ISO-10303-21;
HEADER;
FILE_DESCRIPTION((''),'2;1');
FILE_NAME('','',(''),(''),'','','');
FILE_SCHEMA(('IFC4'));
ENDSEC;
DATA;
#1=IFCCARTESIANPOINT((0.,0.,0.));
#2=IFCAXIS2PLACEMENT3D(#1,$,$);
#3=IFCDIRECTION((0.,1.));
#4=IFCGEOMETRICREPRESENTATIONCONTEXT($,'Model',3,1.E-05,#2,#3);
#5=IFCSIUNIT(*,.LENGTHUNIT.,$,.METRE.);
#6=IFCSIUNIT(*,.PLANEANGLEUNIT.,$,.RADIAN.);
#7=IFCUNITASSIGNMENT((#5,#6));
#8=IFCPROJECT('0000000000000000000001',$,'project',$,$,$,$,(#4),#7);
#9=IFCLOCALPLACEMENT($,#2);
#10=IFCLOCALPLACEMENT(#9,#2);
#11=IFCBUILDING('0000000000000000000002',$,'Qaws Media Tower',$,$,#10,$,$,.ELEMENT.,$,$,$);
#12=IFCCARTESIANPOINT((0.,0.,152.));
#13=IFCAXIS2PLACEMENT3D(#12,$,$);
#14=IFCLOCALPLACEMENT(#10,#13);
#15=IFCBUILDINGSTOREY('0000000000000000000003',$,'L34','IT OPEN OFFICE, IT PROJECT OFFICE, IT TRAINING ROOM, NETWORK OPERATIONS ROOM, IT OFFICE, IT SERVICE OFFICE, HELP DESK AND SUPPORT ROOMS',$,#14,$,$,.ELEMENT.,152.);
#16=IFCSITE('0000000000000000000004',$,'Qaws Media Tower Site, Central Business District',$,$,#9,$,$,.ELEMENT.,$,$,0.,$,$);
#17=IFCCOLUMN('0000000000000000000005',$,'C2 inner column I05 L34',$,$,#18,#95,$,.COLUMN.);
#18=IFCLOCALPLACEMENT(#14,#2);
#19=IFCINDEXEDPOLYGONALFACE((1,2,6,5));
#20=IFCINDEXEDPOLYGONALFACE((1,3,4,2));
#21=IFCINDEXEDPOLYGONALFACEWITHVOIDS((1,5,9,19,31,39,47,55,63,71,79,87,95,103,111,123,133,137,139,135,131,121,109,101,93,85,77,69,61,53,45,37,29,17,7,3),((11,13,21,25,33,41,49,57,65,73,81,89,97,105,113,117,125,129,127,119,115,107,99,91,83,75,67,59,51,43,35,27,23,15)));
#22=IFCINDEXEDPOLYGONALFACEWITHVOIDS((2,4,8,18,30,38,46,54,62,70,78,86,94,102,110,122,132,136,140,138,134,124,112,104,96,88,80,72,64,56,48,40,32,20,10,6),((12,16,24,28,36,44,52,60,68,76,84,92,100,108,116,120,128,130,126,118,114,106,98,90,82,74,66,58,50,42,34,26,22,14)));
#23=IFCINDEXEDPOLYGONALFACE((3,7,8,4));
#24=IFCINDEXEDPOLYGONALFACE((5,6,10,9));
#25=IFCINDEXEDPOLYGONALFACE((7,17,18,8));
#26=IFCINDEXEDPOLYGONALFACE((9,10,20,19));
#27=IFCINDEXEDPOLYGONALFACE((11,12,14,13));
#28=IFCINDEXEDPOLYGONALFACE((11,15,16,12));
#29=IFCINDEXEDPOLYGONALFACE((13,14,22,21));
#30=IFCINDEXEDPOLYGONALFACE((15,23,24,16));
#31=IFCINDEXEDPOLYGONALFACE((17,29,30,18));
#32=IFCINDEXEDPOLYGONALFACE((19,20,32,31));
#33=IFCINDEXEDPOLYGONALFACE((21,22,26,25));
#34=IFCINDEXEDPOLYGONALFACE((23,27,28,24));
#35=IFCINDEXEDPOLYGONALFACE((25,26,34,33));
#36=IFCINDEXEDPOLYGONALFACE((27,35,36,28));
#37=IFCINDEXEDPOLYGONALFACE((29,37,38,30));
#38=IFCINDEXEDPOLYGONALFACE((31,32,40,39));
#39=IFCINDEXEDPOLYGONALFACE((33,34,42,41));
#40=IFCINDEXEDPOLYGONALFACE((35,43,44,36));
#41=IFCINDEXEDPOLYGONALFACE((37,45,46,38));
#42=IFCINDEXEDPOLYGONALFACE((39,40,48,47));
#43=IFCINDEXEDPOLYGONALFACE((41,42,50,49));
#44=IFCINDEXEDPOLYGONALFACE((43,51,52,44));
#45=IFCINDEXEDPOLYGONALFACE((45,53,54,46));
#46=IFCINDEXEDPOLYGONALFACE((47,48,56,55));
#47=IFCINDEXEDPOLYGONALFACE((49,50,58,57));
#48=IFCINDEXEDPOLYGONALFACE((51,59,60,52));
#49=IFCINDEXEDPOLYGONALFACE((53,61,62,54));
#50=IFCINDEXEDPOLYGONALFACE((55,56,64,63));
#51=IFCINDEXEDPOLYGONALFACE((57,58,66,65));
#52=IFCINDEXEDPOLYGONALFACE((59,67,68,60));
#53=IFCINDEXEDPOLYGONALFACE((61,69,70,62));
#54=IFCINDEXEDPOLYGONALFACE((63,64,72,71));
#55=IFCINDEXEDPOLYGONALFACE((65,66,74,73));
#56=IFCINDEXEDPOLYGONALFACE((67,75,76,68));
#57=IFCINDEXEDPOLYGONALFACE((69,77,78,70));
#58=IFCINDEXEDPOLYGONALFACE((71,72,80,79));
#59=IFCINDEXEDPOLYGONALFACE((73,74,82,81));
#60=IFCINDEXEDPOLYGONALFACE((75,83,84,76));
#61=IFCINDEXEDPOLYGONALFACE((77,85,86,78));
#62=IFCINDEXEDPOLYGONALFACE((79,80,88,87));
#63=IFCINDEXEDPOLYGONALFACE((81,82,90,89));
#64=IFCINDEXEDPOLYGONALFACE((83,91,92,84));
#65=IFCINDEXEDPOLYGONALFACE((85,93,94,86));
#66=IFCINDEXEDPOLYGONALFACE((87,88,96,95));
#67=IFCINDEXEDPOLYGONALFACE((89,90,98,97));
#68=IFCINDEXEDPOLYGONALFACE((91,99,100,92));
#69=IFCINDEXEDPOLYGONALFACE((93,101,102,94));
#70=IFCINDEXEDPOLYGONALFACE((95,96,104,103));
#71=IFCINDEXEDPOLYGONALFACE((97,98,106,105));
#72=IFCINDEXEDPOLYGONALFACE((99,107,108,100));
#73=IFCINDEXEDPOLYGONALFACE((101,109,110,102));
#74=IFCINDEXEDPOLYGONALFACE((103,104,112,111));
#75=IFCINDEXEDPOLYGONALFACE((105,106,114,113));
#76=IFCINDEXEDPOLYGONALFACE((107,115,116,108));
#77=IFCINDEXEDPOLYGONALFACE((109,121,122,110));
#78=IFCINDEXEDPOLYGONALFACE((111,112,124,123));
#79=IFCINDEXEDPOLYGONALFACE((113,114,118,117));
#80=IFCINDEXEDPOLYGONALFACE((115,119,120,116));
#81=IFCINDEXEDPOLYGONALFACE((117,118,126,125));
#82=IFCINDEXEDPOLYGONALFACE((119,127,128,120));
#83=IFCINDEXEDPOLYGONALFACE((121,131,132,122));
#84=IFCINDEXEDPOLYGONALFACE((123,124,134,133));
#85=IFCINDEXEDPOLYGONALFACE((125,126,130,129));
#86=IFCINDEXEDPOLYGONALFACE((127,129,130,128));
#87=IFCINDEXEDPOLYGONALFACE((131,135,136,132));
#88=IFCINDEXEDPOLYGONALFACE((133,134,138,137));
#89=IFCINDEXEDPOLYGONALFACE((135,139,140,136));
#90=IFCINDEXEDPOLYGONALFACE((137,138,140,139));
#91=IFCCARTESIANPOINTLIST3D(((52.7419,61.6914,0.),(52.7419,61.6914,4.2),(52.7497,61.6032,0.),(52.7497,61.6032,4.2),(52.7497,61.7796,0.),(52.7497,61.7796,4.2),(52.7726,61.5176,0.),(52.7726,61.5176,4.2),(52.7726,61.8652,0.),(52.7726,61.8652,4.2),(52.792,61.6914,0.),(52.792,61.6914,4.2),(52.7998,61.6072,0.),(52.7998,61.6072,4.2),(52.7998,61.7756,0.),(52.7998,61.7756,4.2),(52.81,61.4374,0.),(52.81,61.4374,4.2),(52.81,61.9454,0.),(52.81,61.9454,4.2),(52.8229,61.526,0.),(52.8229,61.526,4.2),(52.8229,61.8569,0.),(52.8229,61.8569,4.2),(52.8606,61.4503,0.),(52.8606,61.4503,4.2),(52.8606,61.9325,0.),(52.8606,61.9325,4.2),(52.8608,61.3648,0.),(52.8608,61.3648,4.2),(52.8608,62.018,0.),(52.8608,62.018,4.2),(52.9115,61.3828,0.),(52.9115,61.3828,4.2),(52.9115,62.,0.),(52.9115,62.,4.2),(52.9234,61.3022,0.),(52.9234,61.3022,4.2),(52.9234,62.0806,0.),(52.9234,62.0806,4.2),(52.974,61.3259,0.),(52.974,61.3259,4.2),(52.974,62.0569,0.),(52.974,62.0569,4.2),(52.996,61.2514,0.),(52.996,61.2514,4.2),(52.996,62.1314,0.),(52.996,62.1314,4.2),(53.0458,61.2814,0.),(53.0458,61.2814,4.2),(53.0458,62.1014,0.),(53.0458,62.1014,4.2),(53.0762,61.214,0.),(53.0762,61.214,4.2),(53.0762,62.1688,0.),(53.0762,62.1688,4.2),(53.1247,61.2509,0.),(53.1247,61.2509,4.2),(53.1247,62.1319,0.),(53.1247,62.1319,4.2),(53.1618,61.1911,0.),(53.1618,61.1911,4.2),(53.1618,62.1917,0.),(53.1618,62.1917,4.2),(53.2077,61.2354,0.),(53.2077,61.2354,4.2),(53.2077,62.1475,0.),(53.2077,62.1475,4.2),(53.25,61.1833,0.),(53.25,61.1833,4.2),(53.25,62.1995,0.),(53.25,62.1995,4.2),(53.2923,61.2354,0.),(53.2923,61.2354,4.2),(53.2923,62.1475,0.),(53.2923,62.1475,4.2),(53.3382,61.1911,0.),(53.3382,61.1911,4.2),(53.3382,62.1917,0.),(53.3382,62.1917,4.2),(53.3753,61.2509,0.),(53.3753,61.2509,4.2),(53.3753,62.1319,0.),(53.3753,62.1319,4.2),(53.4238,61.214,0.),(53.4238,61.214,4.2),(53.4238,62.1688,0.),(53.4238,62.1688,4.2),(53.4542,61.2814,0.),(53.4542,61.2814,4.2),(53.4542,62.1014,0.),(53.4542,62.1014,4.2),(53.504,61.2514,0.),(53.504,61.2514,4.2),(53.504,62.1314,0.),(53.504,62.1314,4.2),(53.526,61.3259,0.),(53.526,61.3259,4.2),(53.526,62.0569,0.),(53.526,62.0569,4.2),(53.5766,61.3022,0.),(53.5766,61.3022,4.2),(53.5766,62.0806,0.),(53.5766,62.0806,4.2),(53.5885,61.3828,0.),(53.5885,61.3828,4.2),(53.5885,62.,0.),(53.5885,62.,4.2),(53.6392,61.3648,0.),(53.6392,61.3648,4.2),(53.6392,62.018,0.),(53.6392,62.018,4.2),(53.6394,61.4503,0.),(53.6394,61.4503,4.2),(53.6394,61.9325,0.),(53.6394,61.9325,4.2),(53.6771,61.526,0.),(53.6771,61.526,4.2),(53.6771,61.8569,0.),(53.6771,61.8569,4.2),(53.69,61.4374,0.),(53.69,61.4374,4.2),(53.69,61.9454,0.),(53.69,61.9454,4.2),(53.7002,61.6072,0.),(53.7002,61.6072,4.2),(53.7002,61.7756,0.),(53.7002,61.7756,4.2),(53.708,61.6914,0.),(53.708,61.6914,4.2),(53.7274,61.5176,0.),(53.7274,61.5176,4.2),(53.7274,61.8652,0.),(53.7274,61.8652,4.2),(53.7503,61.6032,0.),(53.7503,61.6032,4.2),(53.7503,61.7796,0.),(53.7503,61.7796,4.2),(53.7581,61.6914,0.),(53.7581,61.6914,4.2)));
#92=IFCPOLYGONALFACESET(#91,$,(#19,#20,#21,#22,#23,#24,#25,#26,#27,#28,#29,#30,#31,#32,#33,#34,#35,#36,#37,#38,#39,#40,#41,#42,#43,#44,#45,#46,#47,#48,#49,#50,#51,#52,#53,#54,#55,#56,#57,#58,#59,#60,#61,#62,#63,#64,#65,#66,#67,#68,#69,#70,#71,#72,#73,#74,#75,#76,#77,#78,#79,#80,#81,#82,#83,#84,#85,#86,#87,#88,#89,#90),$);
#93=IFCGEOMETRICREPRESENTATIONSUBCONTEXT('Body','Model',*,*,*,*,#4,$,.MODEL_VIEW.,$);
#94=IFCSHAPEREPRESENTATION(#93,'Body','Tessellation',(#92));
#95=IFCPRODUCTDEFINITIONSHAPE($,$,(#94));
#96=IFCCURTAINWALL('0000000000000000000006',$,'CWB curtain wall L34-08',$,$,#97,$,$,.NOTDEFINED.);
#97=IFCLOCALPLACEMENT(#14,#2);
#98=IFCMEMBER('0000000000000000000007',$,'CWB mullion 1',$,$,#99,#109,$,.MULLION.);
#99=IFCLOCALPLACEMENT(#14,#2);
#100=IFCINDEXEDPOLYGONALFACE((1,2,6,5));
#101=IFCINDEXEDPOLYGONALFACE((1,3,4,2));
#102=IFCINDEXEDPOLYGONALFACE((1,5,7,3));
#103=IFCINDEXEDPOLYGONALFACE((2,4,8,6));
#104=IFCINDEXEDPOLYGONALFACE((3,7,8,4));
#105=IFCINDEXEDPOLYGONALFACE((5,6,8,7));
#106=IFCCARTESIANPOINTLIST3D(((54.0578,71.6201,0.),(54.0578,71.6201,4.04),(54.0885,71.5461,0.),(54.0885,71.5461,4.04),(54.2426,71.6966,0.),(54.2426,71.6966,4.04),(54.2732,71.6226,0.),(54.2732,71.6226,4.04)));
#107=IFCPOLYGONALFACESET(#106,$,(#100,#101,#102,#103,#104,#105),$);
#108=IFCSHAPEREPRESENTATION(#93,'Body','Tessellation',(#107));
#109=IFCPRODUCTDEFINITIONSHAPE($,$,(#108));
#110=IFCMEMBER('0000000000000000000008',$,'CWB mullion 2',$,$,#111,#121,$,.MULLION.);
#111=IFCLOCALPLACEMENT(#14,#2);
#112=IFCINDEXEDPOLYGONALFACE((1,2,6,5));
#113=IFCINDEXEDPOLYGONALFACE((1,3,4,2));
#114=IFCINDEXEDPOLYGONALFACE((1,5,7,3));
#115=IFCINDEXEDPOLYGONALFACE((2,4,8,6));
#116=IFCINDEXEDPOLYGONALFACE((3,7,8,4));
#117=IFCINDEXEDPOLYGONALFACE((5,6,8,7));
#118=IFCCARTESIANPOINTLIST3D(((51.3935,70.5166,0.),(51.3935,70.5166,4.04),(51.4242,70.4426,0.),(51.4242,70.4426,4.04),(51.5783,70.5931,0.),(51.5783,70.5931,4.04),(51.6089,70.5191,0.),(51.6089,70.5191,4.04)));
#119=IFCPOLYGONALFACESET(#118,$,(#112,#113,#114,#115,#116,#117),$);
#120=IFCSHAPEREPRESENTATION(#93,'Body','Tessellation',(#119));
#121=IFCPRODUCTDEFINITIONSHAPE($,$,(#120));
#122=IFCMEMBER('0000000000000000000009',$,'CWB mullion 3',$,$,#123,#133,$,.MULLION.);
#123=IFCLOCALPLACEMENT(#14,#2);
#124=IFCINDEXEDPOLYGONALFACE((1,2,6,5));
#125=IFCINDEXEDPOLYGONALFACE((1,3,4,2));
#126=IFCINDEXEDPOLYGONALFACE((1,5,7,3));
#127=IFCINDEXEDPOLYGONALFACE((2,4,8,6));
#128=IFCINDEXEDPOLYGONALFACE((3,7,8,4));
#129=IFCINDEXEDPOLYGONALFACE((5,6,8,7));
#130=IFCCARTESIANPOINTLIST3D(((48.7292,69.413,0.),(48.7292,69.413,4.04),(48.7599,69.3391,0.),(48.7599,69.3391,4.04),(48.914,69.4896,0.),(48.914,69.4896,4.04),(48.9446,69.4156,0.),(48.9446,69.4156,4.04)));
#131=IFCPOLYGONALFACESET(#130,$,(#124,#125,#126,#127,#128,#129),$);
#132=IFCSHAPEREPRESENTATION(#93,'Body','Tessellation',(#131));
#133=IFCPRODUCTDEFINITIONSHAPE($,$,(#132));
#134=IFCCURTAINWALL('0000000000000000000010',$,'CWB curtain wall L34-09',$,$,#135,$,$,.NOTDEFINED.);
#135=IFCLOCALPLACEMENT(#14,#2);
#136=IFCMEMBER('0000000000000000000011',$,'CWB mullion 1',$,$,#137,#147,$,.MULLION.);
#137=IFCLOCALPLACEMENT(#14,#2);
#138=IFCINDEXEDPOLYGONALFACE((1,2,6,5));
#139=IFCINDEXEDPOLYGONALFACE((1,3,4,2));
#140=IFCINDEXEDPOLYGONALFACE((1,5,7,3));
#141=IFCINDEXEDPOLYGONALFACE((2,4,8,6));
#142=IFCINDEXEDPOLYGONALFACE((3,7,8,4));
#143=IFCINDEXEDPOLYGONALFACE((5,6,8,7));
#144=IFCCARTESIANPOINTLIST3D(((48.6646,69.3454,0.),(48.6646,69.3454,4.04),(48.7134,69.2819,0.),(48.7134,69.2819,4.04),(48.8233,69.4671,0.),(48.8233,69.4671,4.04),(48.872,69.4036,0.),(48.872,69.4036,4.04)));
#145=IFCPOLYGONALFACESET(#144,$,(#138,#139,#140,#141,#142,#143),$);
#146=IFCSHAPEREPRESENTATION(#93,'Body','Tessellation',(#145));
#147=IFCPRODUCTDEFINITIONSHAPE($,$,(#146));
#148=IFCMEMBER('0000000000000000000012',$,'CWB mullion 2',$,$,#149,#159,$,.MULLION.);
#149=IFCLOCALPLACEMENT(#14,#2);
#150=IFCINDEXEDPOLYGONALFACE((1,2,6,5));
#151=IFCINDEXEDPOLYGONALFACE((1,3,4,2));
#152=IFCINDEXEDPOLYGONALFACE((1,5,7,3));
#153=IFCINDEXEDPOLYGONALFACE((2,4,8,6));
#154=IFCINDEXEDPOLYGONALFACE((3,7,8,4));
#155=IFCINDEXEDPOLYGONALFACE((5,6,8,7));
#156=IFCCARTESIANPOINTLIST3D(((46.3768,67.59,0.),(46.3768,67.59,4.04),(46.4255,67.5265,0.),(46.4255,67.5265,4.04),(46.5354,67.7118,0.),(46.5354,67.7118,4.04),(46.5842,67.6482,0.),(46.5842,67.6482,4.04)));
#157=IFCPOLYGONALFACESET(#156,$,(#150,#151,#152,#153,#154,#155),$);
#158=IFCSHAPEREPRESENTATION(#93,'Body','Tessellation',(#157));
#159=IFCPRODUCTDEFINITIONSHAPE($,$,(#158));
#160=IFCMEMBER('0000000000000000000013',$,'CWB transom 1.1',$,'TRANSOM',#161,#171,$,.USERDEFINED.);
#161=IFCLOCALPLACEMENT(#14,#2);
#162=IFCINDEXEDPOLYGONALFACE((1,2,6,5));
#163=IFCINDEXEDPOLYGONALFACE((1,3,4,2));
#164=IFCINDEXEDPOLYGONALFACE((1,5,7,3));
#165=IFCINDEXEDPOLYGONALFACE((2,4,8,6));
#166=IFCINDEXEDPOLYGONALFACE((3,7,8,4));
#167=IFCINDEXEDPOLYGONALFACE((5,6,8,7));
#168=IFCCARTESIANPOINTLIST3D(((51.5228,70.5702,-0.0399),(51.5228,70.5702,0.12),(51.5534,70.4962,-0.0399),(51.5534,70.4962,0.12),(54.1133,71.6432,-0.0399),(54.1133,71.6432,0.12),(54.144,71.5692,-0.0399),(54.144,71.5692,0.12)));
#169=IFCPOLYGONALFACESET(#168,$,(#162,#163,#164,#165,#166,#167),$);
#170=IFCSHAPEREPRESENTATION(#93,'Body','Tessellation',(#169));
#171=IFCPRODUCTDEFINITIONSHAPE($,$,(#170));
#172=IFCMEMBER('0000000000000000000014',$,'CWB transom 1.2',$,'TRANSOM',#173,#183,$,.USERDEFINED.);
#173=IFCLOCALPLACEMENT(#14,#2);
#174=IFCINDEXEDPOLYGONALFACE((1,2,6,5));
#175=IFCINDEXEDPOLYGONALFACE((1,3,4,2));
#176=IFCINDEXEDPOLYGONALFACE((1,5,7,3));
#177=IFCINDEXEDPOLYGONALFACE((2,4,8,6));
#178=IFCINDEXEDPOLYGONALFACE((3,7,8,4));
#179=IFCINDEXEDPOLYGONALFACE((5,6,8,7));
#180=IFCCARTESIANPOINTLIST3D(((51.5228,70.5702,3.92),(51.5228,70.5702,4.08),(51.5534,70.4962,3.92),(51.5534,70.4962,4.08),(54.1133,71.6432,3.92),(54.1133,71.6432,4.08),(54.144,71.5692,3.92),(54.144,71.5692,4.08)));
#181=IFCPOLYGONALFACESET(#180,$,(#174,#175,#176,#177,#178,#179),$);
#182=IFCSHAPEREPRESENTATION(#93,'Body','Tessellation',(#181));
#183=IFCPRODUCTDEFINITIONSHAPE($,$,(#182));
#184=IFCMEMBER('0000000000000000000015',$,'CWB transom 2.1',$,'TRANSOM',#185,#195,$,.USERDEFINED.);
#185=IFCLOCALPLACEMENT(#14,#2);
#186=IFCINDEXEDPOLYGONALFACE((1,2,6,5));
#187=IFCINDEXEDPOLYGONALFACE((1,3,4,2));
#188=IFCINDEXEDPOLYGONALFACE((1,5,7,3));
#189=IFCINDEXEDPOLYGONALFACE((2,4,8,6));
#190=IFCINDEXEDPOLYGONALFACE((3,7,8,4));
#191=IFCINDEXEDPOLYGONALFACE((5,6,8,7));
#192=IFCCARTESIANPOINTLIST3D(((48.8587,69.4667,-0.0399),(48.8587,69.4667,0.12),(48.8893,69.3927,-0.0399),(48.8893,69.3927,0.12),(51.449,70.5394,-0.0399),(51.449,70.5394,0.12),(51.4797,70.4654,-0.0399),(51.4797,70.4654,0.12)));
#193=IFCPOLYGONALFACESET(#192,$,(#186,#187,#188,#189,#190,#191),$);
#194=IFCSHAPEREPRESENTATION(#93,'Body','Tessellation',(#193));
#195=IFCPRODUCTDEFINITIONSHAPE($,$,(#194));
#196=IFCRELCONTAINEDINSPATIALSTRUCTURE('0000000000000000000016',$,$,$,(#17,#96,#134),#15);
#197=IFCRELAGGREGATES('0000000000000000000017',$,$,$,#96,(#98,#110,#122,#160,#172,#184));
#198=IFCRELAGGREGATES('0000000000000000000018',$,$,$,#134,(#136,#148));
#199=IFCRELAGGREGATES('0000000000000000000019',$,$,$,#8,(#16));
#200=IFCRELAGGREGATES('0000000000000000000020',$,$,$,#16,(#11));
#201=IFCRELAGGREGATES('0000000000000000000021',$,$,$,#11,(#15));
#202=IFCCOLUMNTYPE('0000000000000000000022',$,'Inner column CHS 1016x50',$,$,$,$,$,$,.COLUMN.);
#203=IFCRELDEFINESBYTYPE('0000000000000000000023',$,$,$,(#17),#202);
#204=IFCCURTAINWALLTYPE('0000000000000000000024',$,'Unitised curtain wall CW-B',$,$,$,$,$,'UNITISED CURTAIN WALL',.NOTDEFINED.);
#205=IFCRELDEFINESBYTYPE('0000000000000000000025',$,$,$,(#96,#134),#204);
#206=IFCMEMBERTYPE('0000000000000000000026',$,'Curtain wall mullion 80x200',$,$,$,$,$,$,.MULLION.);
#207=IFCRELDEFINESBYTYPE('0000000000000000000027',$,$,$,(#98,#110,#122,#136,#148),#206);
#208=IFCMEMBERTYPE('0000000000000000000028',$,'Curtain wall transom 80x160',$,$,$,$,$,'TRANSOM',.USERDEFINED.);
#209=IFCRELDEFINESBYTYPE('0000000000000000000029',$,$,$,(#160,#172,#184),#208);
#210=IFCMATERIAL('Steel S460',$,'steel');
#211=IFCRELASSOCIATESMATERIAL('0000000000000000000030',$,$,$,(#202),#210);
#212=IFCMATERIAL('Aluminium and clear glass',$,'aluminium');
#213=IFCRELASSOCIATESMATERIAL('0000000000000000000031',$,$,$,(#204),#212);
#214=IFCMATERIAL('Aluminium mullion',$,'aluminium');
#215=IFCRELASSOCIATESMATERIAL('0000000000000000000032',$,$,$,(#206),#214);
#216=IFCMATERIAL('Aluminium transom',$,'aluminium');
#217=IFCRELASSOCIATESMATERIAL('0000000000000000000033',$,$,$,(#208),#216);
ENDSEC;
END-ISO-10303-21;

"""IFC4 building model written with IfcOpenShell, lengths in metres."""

from ifc_helpers import new_model, si_unit, direction, frame, origin, origin_2d, place, context, subcontext, project, spatial, rectangle, hollow_circle, extrude, material, material_profile, profile_set, type_object, element, aggregate, save


model = new_model("IFC4")

# Units and contexts
model_context = context("Model", 3, precision=1e-05, world=origin(), true_north=direction((0.0, 1.0)))
body_context = subcontext(model_context, "Body", "Model", "MODEL_VIEW")
ifc_project = project(units=[si_unit("LENGTHUNIT", "METRE"), si_unit("PLANEANGLEUNIT", "RADIAN")], contexts=[model_context])

# Site, building, storey
site_placement = place(None, origin())
site = spatial("IfcSite", under=ifc_project, at=site_placement, Name="Qaws Media Tower Site, Central Business District", CompositionType="ELEMENT", RefElevation=0.0)
building_placement = place(site_placement, origin())
building = spatial("IfcBuilding", under=site, at=building_placement, Name="Qaws Media Tower", CompositionType="ELEMENT")
storey_placement = place(building_placement, frame((0.0, 0.0, 152.0)))
storey = spatial("IfcBuildingStorey", under=building, at=storey_placement, Name="L34", Description="IT OPEN OFFICE, IT PROJECT OFFICE, IT TRAINING ROOM, NETWORK OPERATIONS ROOM, IT OFFICE, IT SERVICE OFFICE, HELP DESK AND SUPPORT ROOMS", CompositionType="ELEMENT", Elevation=152.0)

# Column
ifc_material_1 = material(Name="Steel S460", Category="steel")
ifc_material_profile_1 = material_profile(ifc_material_1, hollow_circle(Radius=0.5081, WallThickness=0.05, at=origin_2d()), Name="CHS 1016x50")
ifc_profile_set_1 = profile_set([ifc_material_profile_1], Name="Steel S460")
column_type = type_object("IfcColumnType", Name="Inner column CHS 1016x50", PredefinedType="COLUMN", material=ifc_profile_set_1)
column_placement = place(storey_placement, frame((53.25, 61.6914, 0.0), z_axis=(0.0, 0.0, 1.0), x_axis=(1.0, 0.0, 0.0)))
element("IfcColumn", 1, at=column_placement, inside=storey, type_object=column_type, Name="C2 inner column I05 L34", PredefinedType="COLUMN", context=body_context, shape_type="SweptSolid", body=[
    extrude(hollow_circle(Radius=0.5081, WallThickness=0.05, at=origin_2d()), origin(), (0.0, 0.0, 1.0), 4.2),
])

# Curtain walls, members
ifc_material_2 = material(Name="Aluminium and clear glass", Category="aluminium")
curtain_wall_type = type_object("IfcCurtainWallType", Name="Unitised curtain wall CW-B", ElementType="UNITISED CURTAIN WALL", PredefinedType="NOTDEFINED", material=ifc_material_2)
curtain_wall_1_placement = place(storey_placement, origin())
curtain_wall_1 = element("IfcCurtainWall", 2, at=curtain_wall_1_placement, inside=storey, type_object=curtain_wall_type, Name="CWB curtain wall L34-08", PredefinedType="NOTDEFINED")
ifc_material_3 = material(Name="Aluminium mullion", Category="aluminium")
ifc_material_profile_2 = material_profile(ifc_material_3, rectangle(XDim=0.0801, YDim=0.2, at=origin_2d()), Name="80x200")
ifc_profile_set_2 = profile_set([ifc_material_profile_2], Name="Aluminium mullion")
member_type_1 = type_object("IfcMemberType", Name="Curtain wall mullion 80x200", PredefinedType="MULLION", material=ifc_profile_set_2)
member_1_placement = place(storey_placement, frame((54.1655, 71.6213, 0.0), z_axis=(0.0, 0.0, 1.0), x_axis=(0.382684, -0.923879, 0.0)))
member_1 = element("IfcMember", 3, at=member_1_placement, type_object=member_type_1, Name="CWB mullion 1", PredefinedType="MULLION", context=body_context, shape_type="SweptSolid", body=[
    extrude(rectangle(XDim=0.0801, YDim=0.2, at=origin_2d()), origin(), (0.0, 0.0, 1.0), 4.04),
])
member_2_placement = place(storey_placement, frame((51.5012, 70.5178, 0.0), z_axis=(0.0, 0.0, 1.0), x_axis=(0.382684, -0.923879, 0.0)))
member_2 = element("IfcMember", 4, at=member_2_placement, type_object=member_type_1, Name="CWB mullion 2", PredefinedType="MULLION", context=body_context, shape_type="SweptSolid", body=[
    extrude(rectangle(XDim=0.0801, YDim=0.2, at=origin_2d()), origin(), (0.0, 0.0, 1.0), 4.04),
])
member_3_placement = place(storey_placement, frame((48.8369, 69.4143, 0.0), z_axis=(0.0, 0.0, 1.0), x_axis=(0.382684, -0.923879, 0.0)))
member_3 = element("IfcMember", 5, at=member_3_placement, type_object=member_type_1, Name="CWB mullion 3", PredefinedType="MULLION", context=body_context, shape_type="SweptSolid", body=[
    extrude(rectangle(XDim=0.0801, YDim=0.2, at=origin_2d()), origin(), (0.0, 0.0, 1.0), 4.04),
])
curtain_wall_2_placement = place(storey_placement, origin())
curtain_wall_2 = element("IfcCurtainWall", 6, at=curtain_wall_2_placement, inside=storey, type_object=curtain_wall_type, Name="CWB curtain wall L34-09", PredefinedType="NOTDEFINED")
member_4_placement = place(storey_placement, frame((48.7683, 69.3745, 0.0), z_axis=(0.0, 0.0, 1.0), x_axis=(0.608761, -0.793353, 0.0)))
member_4 = element("IfcMember", 7, at=member_4_placement, type_object=member_type_1, Name="CWB mullion 1", PredefinedType="MULLION", context=body_context, shape_type="SweptSolid", body=[
    extrude(rectangle(XDim=0.0801, YDim=0.2, at=origin_2d()), origin(), (0.0, 0.0, 1.0), 4.04),
])
member_5_placement = place(storey_placement, frame((46.4805, 67.6191, 0.0), z_axis=(0.0, 0.0, 1.0), x_axis=(0.608761, -0.793353, 0.0)))
member_5 = element("IfcMember", 8, at=member_5_placement, type_object=member_type_1, Name="CWB mullion 2", PredefinedType="MULLION", context=body_context, shape_type="SweptSolid", body=[
    extrude(rectangle(XDim=0.0801, YDim=0.2, at=origin_2d()), origin(), (0.0, 0.0, 1.0), 4.04),
])

# Members
ifc_material_4 = material(Name="Aluminium transom", Category="aluminium")
ifc_material_profile_3 = material_profile(ifc_material_4, rectangle(XDim=0.0801, YDim=0.1599, at=origin_2d()), Name="80x160")
ifc_profile_set_3 = profile_set([ifc_material_profile_3], Name="Aluminium transom")
member_type_2 = type_object("IfcMemberType", Name="Curtain wall transom 80x160", ElementType="TRANSOM", PredefinedType="USERDEFINED", material=ifc_profile_set_3)
member_6_placement = place(storey_placement, frame((54.1287, 71.6062, 0.04), z_axis=(-0.923886, -0.382667, 0.0), x_axis=(0.382667, -0.923886, 0.0)))
member_6 = element("IfcMember", 9, at=member_6_placement, type_object=member_type_2, Name="CWB transom 1.1", ObjectType="TRANSOM", PredefinedType="USERDEFINED", context=body_context, shape_type="SweptSolid", body=[
    extrude(rectangle(XDim=0.0801, YDim=0.1599, at=origin_2d()), origin(), (0.0, 0.0, 1.0), 2.804),
])
member_7_placement = place(storey_placement, frame((54.1287, 71.6062, 4.0), z_axis=(-0.923886, -0.382667, 0.0), x_axis=(0.382667, -0.923886, 0.0)))
member_7 = element("IfcMember", 10, at=member_7_placement, type_object=member_type_2, Name="CWB transom 1.2", ObjectType="TRANSOM", PredefinedType="USERDEFINED", context=body_context, shape_type="SweptSolid", body=[
    extrude(rectangle(XDim=0.0801, YDim=0.1599, at=origin_2d()), origin(), (0.0, 0.0, 1.0), 2.804),
])
member_8_placement = place(storey_placement, frame((51.4644, 70.5024, 0.04), z_axis=(-0.923904, -0.382624, 0.0), x_axis=(0.382624, -0.923904, 0.0)))
member_8 = element("IfcMember", 11, at=member_8_placement, type_object=member_type_2, Name="CWB transom 2.1", ObjectType="TRANSOM", PredefinedType="USERDEFINED", context=body_context, shape_type="SweptSolid", body=[
    extrude(rectangle(XDim=0.0801, YDim=0.1599, at=origin_2d()), origin(), (0.0, 0.0, 1.0), 2.8037),
])

aggregate(curtain_wall_1, [member_1, member_2, member_3, member_6, member_7, member_8])
aggregate(curtain_wall_2, [member_4, member_5])

save(model, "model.ifc")
